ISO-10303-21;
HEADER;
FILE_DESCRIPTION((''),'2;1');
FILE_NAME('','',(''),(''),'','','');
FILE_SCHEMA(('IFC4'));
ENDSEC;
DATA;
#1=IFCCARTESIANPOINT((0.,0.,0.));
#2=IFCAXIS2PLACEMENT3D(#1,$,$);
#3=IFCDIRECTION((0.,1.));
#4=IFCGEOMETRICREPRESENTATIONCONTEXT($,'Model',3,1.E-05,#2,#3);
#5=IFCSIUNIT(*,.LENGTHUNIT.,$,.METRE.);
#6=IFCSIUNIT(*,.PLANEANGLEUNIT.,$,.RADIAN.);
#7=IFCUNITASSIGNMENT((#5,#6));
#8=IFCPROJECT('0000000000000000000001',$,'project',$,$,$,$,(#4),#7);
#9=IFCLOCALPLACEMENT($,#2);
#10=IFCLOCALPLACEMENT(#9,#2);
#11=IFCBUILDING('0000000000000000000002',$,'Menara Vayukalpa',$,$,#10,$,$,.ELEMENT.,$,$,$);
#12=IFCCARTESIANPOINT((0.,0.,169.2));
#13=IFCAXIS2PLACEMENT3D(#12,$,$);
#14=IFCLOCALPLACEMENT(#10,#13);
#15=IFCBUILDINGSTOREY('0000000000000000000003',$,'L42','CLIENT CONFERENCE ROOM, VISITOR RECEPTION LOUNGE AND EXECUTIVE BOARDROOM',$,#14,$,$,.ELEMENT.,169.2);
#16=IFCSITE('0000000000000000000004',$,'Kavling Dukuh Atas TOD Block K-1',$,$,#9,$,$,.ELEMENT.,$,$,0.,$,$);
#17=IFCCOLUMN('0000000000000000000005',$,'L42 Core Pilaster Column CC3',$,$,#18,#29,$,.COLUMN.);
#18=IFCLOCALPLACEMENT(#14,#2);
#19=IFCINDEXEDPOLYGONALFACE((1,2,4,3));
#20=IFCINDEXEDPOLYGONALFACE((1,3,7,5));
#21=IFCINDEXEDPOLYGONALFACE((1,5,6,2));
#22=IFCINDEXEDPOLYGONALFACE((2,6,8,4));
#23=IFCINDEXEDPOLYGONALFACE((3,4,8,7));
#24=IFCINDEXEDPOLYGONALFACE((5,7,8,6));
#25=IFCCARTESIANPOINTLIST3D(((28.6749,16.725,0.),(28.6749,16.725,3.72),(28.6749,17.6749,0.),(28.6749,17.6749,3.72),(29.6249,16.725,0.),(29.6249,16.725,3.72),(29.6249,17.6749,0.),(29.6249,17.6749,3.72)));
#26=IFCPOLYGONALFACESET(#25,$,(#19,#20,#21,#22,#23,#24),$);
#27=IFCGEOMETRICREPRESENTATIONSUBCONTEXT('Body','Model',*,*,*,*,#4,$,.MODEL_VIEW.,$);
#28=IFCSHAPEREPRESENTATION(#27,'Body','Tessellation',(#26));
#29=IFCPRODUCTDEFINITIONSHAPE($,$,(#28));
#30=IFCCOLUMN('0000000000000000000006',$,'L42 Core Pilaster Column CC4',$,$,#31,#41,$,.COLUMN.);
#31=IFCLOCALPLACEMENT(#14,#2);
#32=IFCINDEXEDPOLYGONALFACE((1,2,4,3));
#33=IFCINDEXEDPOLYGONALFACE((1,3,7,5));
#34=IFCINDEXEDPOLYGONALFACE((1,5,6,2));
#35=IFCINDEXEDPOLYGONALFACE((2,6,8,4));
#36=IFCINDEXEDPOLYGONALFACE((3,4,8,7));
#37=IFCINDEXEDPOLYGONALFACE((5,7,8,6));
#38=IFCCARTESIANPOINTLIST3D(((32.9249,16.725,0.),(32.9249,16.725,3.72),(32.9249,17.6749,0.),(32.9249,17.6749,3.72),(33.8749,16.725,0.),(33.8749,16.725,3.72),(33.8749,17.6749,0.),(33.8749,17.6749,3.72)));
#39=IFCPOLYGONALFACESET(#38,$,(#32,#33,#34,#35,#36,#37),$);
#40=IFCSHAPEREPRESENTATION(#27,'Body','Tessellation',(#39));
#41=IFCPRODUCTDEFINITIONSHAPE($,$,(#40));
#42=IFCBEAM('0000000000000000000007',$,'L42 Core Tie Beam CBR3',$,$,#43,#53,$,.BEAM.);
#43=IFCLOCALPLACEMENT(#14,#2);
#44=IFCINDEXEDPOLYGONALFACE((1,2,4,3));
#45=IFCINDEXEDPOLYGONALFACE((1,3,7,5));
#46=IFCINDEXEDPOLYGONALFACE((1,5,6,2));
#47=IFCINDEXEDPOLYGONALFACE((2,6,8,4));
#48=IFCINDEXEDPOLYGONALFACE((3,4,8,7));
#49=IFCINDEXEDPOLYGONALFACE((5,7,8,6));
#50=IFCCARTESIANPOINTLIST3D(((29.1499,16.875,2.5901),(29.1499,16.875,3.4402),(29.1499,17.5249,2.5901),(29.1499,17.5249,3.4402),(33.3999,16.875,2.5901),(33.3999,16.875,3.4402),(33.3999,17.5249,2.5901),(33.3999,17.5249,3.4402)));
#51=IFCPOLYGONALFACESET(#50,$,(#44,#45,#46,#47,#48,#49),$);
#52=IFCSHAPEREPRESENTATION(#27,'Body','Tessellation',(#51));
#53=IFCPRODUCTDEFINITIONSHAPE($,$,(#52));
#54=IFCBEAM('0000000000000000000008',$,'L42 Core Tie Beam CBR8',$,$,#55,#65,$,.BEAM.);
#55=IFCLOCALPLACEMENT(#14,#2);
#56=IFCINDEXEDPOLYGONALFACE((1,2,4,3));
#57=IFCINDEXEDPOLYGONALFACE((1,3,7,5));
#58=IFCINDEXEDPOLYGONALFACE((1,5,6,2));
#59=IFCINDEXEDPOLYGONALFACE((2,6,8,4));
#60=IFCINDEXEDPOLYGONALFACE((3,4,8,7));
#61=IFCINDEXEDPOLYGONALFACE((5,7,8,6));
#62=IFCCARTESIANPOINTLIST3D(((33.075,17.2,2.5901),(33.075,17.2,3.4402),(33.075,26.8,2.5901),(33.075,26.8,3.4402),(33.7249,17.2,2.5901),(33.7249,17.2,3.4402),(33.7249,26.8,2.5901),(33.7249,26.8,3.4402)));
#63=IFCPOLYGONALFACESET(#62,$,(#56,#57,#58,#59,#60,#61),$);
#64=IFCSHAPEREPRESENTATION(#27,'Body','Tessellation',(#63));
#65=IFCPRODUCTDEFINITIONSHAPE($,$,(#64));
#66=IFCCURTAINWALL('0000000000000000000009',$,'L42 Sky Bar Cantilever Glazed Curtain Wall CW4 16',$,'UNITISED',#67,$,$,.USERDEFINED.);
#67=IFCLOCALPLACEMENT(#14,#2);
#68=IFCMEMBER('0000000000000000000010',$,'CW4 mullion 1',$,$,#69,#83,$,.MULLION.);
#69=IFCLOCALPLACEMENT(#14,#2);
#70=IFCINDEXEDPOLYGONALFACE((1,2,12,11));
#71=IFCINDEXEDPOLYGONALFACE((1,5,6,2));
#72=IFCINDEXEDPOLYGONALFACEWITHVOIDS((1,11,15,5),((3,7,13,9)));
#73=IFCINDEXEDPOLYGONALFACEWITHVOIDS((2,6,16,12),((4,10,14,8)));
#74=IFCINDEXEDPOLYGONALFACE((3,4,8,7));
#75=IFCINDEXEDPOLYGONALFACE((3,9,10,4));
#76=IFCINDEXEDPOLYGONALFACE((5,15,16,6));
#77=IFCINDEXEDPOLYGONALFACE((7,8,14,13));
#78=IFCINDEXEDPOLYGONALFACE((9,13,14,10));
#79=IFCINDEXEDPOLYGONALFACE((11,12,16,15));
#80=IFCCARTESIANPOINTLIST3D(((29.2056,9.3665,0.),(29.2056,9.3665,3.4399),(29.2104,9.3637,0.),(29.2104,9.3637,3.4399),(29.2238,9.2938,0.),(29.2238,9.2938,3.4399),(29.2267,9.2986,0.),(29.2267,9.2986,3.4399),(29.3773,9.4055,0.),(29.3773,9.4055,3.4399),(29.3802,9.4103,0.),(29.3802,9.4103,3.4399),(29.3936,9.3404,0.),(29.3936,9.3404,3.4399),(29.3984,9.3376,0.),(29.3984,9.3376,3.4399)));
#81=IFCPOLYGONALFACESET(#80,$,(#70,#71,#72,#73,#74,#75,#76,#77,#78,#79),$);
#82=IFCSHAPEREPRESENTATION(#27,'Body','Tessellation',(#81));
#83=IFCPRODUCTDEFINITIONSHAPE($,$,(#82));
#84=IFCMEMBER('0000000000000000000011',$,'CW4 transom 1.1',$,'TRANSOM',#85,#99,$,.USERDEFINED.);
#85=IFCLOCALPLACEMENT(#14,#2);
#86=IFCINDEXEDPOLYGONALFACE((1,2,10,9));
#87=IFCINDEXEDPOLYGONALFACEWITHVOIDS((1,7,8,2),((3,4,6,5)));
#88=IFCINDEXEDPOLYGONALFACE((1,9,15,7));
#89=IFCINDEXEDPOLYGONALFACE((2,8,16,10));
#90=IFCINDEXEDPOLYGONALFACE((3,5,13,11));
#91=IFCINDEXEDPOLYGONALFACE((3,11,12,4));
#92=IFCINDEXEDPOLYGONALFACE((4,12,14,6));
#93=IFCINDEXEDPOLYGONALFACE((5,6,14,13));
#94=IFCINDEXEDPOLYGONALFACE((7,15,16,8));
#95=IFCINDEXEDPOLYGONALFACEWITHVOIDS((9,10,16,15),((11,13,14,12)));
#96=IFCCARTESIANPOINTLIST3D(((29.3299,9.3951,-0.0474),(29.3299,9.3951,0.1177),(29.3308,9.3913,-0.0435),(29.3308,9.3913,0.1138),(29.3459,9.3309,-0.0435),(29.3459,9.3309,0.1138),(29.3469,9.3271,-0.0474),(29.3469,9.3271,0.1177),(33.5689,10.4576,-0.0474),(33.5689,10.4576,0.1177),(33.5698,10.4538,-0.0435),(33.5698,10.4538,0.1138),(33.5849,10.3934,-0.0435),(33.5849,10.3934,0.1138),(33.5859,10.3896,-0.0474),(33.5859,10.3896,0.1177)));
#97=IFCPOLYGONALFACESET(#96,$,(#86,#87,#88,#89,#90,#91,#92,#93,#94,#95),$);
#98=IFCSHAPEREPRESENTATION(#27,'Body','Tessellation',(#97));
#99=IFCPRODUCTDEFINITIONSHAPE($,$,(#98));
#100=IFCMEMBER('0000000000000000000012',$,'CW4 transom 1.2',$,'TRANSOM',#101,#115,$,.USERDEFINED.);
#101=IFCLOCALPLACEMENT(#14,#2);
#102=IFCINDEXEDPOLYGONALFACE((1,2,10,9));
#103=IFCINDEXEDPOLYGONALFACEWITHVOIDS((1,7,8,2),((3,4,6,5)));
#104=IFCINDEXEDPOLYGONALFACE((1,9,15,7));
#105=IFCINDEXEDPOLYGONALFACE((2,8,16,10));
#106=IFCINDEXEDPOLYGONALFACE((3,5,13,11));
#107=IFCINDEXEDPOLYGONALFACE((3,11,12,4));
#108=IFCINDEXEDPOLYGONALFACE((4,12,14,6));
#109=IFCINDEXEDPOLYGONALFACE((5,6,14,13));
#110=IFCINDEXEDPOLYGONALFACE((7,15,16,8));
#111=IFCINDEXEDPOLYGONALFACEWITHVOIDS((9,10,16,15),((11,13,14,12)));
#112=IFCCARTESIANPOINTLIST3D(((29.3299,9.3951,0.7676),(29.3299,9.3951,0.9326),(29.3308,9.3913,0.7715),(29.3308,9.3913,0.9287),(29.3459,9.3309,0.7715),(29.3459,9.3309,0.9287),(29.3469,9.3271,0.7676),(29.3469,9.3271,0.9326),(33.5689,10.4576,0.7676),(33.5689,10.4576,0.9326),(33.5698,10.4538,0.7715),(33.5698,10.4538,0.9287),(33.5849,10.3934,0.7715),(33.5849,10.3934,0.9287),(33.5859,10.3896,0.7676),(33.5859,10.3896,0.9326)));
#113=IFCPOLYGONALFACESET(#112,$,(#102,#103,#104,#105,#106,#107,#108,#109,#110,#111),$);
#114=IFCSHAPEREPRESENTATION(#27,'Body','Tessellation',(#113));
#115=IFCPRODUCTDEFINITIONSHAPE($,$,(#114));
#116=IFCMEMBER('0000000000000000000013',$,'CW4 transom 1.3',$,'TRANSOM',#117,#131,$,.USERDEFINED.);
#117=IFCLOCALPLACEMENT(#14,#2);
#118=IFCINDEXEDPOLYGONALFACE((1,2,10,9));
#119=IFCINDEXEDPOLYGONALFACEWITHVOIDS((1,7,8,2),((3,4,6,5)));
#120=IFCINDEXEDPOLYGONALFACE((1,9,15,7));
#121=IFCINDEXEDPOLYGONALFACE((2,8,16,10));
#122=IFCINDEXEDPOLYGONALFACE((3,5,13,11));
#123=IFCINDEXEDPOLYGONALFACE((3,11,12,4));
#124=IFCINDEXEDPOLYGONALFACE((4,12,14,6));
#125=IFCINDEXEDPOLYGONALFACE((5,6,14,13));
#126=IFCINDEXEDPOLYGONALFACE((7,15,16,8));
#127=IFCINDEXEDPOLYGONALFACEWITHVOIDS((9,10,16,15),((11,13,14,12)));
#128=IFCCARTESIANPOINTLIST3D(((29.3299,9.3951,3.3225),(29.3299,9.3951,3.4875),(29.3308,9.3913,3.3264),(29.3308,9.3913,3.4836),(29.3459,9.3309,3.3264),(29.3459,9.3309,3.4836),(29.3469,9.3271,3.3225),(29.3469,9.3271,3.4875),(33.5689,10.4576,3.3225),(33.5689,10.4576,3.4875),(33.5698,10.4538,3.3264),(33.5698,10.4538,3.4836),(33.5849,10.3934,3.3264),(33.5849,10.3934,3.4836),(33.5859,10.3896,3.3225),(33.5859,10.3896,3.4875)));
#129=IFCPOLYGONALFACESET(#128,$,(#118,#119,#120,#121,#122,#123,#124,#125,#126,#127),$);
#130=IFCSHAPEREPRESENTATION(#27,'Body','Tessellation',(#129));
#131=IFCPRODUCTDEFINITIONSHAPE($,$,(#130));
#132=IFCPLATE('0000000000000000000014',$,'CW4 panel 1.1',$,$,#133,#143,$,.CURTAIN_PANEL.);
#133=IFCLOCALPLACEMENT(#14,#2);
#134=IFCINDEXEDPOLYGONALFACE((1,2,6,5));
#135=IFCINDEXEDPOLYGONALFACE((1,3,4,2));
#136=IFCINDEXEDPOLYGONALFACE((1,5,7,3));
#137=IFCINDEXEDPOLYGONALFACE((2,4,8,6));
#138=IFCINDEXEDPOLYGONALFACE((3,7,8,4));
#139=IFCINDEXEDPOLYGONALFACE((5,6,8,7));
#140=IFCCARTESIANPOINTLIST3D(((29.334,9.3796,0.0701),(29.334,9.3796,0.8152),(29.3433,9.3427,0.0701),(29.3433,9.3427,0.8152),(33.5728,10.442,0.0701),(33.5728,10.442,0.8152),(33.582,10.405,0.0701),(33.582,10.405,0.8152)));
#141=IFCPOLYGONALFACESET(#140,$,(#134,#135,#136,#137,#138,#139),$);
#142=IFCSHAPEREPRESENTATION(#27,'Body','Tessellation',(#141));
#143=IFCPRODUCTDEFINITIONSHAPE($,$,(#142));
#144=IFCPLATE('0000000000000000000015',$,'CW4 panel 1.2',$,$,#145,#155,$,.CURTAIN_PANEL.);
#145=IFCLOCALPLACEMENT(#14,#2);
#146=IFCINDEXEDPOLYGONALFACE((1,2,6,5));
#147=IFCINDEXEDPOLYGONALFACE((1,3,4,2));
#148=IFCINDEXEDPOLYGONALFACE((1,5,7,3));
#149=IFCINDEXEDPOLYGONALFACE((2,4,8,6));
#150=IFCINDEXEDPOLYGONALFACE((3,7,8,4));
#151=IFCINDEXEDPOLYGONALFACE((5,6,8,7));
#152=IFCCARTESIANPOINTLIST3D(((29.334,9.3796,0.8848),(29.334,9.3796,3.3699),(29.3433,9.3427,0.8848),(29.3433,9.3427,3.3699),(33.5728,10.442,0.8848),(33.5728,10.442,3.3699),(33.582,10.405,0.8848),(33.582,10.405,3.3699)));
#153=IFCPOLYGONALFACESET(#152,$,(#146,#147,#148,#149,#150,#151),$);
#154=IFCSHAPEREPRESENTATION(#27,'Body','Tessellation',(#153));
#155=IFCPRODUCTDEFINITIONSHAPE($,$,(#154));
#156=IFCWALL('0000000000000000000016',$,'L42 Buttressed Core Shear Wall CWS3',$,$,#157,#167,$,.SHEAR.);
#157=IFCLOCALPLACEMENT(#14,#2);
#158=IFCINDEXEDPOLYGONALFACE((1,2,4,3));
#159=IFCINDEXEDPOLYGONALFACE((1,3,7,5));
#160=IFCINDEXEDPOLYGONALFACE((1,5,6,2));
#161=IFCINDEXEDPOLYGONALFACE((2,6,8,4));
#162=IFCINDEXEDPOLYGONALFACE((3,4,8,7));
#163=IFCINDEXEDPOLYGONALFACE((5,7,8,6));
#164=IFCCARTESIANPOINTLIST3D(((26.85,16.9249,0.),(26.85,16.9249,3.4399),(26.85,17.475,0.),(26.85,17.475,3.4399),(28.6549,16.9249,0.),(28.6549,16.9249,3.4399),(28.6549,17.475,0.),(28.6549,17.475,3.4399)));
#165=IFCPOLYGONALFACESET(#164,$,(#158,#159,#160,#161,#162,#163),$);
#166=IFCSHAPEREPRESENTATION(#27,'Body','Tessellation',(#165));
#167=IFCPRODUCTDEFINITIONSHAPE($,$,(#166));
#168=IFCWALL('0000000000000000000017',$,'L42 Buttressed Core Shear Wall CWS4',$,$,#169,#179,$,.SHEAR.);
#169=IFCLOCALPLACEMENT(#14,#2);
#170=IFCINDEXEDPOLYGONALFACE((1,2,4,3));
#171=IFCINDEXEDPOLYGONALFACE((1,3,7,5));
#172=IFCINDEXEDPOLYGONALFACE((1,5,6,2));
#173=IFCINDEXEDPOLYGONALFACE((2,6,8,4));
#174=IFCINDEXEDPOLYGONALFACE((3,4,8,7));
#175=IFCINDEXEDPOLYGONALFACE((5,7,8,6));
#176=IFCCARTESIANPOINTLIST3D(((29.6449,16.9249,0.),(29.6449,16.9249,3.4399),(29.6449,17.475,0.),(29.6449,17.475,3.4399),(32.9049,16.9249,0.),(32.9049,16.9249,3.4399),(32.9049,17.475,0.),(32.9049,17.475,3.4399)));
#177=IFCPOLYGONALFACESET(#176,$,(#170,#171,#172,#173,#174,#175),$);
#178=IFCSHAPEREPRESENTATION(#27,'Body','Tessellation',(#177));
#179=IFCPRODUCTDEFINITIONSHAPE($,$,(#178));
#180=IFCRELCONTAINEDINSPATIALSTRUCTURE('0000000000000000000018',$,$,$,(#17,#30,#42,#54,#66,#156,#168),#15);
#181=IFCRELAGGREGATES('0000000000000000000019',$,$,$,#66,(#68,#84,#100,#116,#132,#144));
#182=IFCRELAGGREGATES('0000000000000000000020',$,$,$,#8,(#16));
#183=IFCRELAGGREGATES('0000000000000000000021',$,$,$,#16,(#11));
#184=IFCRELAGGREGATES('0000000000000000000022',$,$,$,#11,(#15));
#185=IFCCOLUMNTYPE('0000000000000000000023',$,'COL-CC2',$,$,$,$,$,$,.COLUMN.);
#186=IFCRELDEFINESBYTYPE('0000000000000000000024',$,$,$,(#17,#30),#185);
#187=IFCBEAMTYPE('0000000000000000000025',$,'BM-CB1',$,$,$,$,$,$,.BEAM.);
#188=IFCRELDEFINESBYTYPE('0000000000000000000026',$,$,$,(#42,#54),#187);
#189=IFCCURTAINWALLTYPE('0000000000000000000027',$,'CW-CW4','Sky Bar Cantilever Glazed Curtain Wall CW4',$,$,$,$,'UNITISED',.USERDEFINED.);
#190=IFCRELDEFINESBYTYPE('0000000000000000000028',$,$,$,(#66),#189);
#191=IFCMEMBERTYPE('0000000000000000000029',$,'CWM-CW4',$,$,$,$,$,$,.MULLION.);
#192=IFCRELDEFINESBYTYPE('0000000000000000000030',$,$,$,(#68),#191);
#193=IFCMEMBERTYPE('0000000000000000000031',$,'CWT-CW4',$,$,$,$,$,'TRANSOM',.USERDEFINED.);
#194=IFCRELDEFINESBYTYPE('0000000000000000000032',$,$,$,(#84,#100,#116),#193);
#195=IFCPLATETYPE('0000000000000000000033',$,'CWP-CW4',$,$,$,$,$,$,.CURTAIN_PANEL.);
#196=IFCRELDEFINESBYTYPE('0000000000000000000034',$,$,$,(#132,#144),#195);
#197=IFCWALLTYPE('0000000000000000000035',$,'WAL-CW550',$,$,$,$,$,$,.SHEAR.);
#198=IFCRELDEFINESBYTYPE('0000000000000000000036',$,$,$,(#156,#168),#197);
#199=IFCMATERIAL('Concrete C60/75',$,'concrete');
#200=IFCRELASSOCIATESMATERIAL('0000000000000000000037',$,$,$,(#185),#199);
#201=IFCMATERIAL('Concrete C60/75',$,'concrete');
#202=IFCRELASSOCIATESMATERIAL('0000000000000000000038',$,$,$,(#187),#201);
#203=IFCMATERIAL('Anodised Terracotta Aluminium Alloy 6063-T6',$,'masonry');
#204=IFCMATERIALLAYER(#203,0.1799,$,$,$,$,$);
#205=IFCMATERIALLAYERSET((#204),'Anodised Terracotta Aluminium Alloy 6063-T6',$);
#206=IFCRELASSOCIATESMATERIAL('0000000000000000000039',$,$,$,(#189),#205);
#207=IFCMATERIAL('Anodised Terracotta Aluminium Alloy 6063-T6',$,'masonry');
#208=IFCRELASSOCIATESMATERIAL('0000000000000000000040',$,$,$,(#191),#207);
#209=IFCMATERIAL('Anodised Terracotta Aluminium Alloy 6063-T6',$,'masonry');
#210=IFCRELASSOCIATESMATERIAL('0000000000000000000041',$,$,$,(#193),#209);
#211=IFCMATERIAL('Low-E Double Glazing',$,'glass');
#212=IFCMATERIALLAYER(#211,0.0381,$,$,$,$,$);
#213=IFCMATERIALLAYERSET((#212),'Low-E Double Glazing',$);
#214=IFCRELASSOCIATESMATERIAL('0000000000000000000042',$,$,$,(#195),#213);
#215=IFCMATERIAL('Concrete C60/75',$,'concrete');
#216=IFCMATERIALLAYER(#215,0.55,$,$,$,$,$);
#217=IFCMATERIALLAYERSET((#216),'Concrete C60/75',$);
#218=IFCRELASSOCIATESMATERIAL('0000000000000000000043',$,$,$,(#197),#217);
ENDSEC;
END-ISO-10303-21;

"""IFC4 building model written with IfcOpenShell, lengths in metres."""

from ifc_helpers import new_model, si_unit, direction, frame, frame_2d, origin, origin_2d, place, context, subcontext, project, spatial, rectangle, hollow_rectangle, extrude, material, layer, layer_set, material_profile, profile_set, type_object, element, aggregate, save


model = new_model("IFC4")

# Units and contexts
model_context = context("Model", 3, precision=1e-05, world=origin(), true_north=direction((0.0, 1.0)))
body_context = subcontext(model_context, "Body", "Model", "MODEL_VIEW")
ifc_project = project(units=[si_unit("LENGTHUNIT", "METRE"), si_unit("PLANEANGLEUNIT", "RADIAN")], contexts=[model_context])

# Site, building, storey
site_placement = place(None, origin())
site = spatial("IfcSite", under=ifc_project, at=site_placement, Name="Kavling Dukuh Atas TOD Block K-1", CompositionType="ELEMENT", RefElevation=0.0)
building_placement = place(site_placement, origin())
building = spatial("IfcBuilding", under=site, at=building_placement, Name="Menara Vayukalpa", CompositionType="ELEMENT")
storey_placement = place(building_placement, frame((0.0, 0.0, 169.2)))
storey = spatial("IfcBuildingStorey", under=building, at=storey_placement, Name="L42", Description="CLIENT CONFERENCE ROOM, VISITOR RECEPTION LOUNGE AND EXECUTIVE BOARDROOM", CompositionType="ELEMENT", Elevation=169.2)

# Columns
ifc_material_1 = material(Name="Concrete C60/75", Category="concrete")
ifc_material_profile_1 = material_profile(ifc_material_1, rectangle(XDim=0.95, YDim=0.95, at=origin_2d()), Name="RC 950x950")
ifc_profile_set_1 = profile_set([ifc_material_profile_1], Name="Concrete C60/75")
column_type = type_object("IfcColumnType", Name="COL-CC2", PredefinedType="COLUMN", material=ifc_profile_set_1)
for number, where, z_axis, x_axis, name in (
    (1, (29.1499, 17.2, 0.0), (0.0, 0.0, 1.0), (1.0, 0.0, 0.0), "L42 Core Pilaster Column CC3"),
    (2, (33.3999, 17.2, 0.0), (0.0, 0.0, 1.0), (1.0, 0.0, 0.0), "L42 Core Pilaster Column CC4"),
):
    element("IfcColumn", number, at=place(storey_placement, frame(where, z_axis=z_axis, x_axis=x_axis)), inside=storey, type_object=column_type, Name=name, PredefinedType="COLUMN", context=body_context, shape_type="SweptSolid", body=[
        extrude(rectangle(XDim=0.95, YDim=0.95, at=origin_2d()), origin(), (0.0, 0.0, 1.0), 3.72),
    ])

# Beams
ifc_material_2 = material(Name="Concrete C60/75", Category="concrete")
ifc_material_profile_2 = material_profile(ifc_material_2, rectangle(XDim=0.6499, YDim=0.8501, at=origin_2d()), Name="RC 650x850")
ifc_profile_set_2 = profile_set([ifc_material_profile_2], Name="Concrete C60/75")
beam_type = type_object("IfcBeamType", Name="BM-CB1", PredefinedType="BEAM", material=ifc_profile_set_2)
beam_1_placement = place(storey_placement, frame((29.1499, 17.2, 3.0151), z_axis=(1.0, 0.0, 0.0), x_axis=(0.0, 1.0, 0.0)))
element("IfcBeam", 3, at=beam_1_placement, inside=storey, type_object=beam_type, Name="L42 Core Tie Beam CBR3", PredefinedType="BEAM", context=body_context, shape_type="SweptSolid", body=[
    extrude(rectangle(XDim=0.6499, YDim=0.8501, at=origin_2d()), origin(), (0.0, 0.0, 1.0), 4.25),
])
beam_2_placement = place(storey_placement, frame((33.3999, 17.2, 3.0151), z_axis=(0.0, 1.0, 0.0), x_axis=(-1.0, 0.0, 0.0)))
element("IfcBeam", 4, at=beam_2_placement, inside=storey, type_object=beam_type, Name="L42 Core Tie Beam CBR8", PredefinedType="BEAM", context=body_context, shape_type="SweptSolid", body=[
    extrude(rectangle(XDim=0.6499, YDim=0.8501, at=origin_2d()), origin(), (0.0, 0.0, 1.0), 9.6001),
])

# Curtain wall, members, plates
ifc_material_3 = material(Name="Anodised Terracotta Aluminium Alloy 6063-T6", Category="masonry")
ifc_layer_1 = layer(ifc_material_3, 0.1799)
ifc_layer_set_1 = layer_set([ifc_layer_1], Name="Anodised Terracotta Aluminium Alloy 6063-T6")
curtain_wall_type = type_object("IfcCurtainWallType", Name="CW-CW4", Description="Sky Bar Cantilever Glazed Curtain Wall CW4", ElementType="UNITISED", PredefinedType="USERDEFINED", material=ifc_layer_set_1)
curtain_wall_placement = place(storey_placement, origin())
curtain_wall = element("IfcCurtainWall", 5, at=curtain_wall_placement, inside=storey, type_object=curtain_wall_type, Name="L42 Sky Bar Cantilever Glazed Curtain Wall CW4 16", ObjectType="UNITISED", PredefinedType="USERDEFINED")
ifc_material_4 = material(Name="Anodised Terracotta Aluminium Alloy 6063-T6", Category="masonry")
ifc_material_profile_3 = material_profile(ifc_material_4, hollow_rectangle(XDim=0.075, YDim=0.1799, WallThickness=0.0039, at=origin_2d()), Name="ALU 75x180x4")
ifc_profile_set_3 = profile_set([ifc_material_profile_3], Name="Anodised Terracotta Aluminium Alloy 6063-T6")
member_type_1 = type_object("IfcMemberType", Name="CWM-CW4", PredefinedType="MULLION", material=ifc_profile_set_3)
member_1_placement = place(storey_placement, frame((29.302, 9.3521, 0.0), z_axis=(0.0, 0.0, 1.0), x_axis=(-0.243113, 0.969998, 0.0)))
member_1 = element("IfcMember", 6, at=member_1_placement, type_object=member_type_1, Name="CW4 mullion 1", PredefinedType="MULLION", context=body_context, shape_type="SweptSolid", body=[
    extrude(hollow_rectangle(XDim=0.075, YDim=0.1799, WallThickness=0.0039, at=origin_2d()), origin(), (0.0, 0.0, 1.0), 3.4399),
])
ifc_material_5 = material(Name="Anodised Terracotta Aluminium Alloy 6063-T6", Category="masonry")
ifc_material_profile_4 = material_profile(ifc_material_5, hollow_rectangle(XDim=0.0701, YDim=0.165, WallThickness=0.0039, at=origin_2d()), Name="ALU 70x165x4")
ifc_profile_set_4 = profile_set([ifc_material_profile_4], Name="Anodised Terracotta Aluminium Alloy 6063-T6")
member_type_2 = type_object("IfcMemberType", Name="CWT-CW4", ElementType="TRANSOM", PredefinedType="USERDEFINED", material=ifc_profile_set_4)
member_2_placement = place(storey_placement, frame((29.3384, 9.3611, 0.0352), z_axis=(0.969994, 0.243127, 0.0), x_axis=(-0.243127, 0.969994, 0.0)))
member_2 = element("IfcMember", 7, at=member_2_placement, type_object=member_type_2, Name="CW4 transom 1.1", ObjectType="TRANSOM", PredefinedType="USERDEFINED", context=body_context, shape_type="SweptSolid", body=[
    extrude(hollow_rectangle(XDim=0.0701, YDim=0.165, WallThickness=0.0039, at=origin_2d()), origin(), (0.0, 0.0, 1.0), 4.3701),
])
member_3_placement = place(storey_placement, frame((29.3384, 9.3611, 0.8501), z_axis=(0.969994, 0.243127, 0.0), x_axis=(-0.243127, 0.969994, 0.0)))
member_3 = element("IfcMember", 8, at=member_3_placement, type_object=member_type_2, Name="CW4 transom 1.2", ObjectType="TRANSOM", PredefinedType="USERDEFINED", context=body_context, shape_type="SweptSolid", body=[
    extrude(hollow_rectangle(XDim=0.0701, YDim=0.165, WallThickness=0.0039, at=origin_2d()), origin(), (0.0, 0.0, 1.0), 4.3701),
])
member_4_placement = place(storey_placement, frame((29.3384, 9.3611, 3.405), z_axis=(0.969994, 0.243127, 0.0), x_axis=(-0.243127, 0.969994, 0.0)))
member_4 = element("IfcMember", 9, at=member_4_placement, type_object=member_type_2, Name="CW4 transom 1.3", ObjectType="TRANSOM", PredefinedType="USERDEFINED", context=body_context, shape_type="SweptSolid", body=[
    extrude(hollow_rectangle(XDim=0.0701, YDim=0.165, WallThickness=0.0039, at=origin_2d()), origin(), (0.0, 0.0, 1.0), 4.3701),
])
ifc_material_6 = material(Name="Low-E Double Glazing", Category="glass")
ifc_layer_2 = layer(ifc_material_6, 0.0381)
ifc_layer_set_2 = layer_set([ifc_layer_2], Name="Low-E Double Glazing")
plate_type = type_object("IfcPlateType", Name="CWP-CW4", PredefinedType="CURTAIN_PANEL", material=ifc_layer_set_2)
plate_1_placement = place(storey_placement, frame((31.458, 9.8923, 0.0701), z_axis=(0.0, 0.0, 1.0), x_axis=(0.969998, 0.243113, 0.0)))
plate_1 = element("IfcPlate", 10, at=plate_1_placement, type_object=plate_type, Name="CW4 panel 1.1", PredefinedType="CURTAIN_PANEL", context=body_context, shape_type="SweptSolid", body=[
    extrude(rectangle(XDim=4.3699, YDim=0.0381, at=origin_2d()), origin(), (0.0, 0.0, 1.0), 0.7451),
])
plate_2_placement = place(storey_placement, frame((31.458, 9.8923, 0.8848), z_axis=(0.0, 0.0, 1.0), x_axis=(0.969998, 0.243113, 0.0)))
plate_2 = element("IfcPlate", 11, at=plate_2_placement, type_object=plate_type, Name="CW4 panel 1.2", PredefinedType="CURTAIN_PANEL", context=body_context, shape_type="SweptSolid", body=[
    extrude(rectangle(XDim=4.3699, YDim=0.0381, at=origin_2d()), origin(), (0.0, 0.0, 1.0), 2.4851),
])
aggregate(curtain_wall, [member_1, member_2, member_3, member_4, plate_1, plate_2])

# Walls
ifc_material_7 = material(Name="Concrete C60/75", Category="concrete")
ifc_layer_3 = layer(ifc_material_7, 0.55)
ifc_layer_set_3 = layer_set([ifc_layer_3], Name="Concrete C60/75")
wall_type_1 = type_object("IfcWallType", Name="WAL-CW550", PredefinedType="SHEAR", material=ifc_layer_set_3)
wall_1_placement = place(storey_placement, frame((26.8501, 17.2, 0.0), z_axis=(0.0, 0.0, 1.0), x_axis=(1.0, 0.0, 0.0)))
element("IfcWall", 12, at=wall_1_placement, inside=storey, type_object=wall_type_1, Name="L42 Buttressed Core Shear Wall CWS3", PredefinedType="SHEAR", context=body_context, shape_type="SweptSolid", body=[
    extrude(rectangle(XDim=1.8049, YDim=0.55, at=frame_2d((0.9023, 0.0))), origin(), (0.0, 0.0, 1.0), 3.4399),
])
wall_2_placement = place(storey_placement, frame((29.645, 17.2, 0.0), z_axis=(0.0, 0.0, 1.0), x_axis=(1.0, 0.0, 0.0)))
element("IfcWall", 13, at=wall_2_placement, inside=storey, type_object=wall_type_1, Name="L42 Buttressed Core Shear Wall CWS4", PredefinedType="SHEAR", context=body_context, shape_type="SweptSolid", body=[
    extrude(rectangle(XDim=3.26, YDim=0.55, at=frame_2d((1.6299, 0.0))), origin(), (0.0, 0.0, 1.0), 3.4399),
])

save(model, "model.ifc")
